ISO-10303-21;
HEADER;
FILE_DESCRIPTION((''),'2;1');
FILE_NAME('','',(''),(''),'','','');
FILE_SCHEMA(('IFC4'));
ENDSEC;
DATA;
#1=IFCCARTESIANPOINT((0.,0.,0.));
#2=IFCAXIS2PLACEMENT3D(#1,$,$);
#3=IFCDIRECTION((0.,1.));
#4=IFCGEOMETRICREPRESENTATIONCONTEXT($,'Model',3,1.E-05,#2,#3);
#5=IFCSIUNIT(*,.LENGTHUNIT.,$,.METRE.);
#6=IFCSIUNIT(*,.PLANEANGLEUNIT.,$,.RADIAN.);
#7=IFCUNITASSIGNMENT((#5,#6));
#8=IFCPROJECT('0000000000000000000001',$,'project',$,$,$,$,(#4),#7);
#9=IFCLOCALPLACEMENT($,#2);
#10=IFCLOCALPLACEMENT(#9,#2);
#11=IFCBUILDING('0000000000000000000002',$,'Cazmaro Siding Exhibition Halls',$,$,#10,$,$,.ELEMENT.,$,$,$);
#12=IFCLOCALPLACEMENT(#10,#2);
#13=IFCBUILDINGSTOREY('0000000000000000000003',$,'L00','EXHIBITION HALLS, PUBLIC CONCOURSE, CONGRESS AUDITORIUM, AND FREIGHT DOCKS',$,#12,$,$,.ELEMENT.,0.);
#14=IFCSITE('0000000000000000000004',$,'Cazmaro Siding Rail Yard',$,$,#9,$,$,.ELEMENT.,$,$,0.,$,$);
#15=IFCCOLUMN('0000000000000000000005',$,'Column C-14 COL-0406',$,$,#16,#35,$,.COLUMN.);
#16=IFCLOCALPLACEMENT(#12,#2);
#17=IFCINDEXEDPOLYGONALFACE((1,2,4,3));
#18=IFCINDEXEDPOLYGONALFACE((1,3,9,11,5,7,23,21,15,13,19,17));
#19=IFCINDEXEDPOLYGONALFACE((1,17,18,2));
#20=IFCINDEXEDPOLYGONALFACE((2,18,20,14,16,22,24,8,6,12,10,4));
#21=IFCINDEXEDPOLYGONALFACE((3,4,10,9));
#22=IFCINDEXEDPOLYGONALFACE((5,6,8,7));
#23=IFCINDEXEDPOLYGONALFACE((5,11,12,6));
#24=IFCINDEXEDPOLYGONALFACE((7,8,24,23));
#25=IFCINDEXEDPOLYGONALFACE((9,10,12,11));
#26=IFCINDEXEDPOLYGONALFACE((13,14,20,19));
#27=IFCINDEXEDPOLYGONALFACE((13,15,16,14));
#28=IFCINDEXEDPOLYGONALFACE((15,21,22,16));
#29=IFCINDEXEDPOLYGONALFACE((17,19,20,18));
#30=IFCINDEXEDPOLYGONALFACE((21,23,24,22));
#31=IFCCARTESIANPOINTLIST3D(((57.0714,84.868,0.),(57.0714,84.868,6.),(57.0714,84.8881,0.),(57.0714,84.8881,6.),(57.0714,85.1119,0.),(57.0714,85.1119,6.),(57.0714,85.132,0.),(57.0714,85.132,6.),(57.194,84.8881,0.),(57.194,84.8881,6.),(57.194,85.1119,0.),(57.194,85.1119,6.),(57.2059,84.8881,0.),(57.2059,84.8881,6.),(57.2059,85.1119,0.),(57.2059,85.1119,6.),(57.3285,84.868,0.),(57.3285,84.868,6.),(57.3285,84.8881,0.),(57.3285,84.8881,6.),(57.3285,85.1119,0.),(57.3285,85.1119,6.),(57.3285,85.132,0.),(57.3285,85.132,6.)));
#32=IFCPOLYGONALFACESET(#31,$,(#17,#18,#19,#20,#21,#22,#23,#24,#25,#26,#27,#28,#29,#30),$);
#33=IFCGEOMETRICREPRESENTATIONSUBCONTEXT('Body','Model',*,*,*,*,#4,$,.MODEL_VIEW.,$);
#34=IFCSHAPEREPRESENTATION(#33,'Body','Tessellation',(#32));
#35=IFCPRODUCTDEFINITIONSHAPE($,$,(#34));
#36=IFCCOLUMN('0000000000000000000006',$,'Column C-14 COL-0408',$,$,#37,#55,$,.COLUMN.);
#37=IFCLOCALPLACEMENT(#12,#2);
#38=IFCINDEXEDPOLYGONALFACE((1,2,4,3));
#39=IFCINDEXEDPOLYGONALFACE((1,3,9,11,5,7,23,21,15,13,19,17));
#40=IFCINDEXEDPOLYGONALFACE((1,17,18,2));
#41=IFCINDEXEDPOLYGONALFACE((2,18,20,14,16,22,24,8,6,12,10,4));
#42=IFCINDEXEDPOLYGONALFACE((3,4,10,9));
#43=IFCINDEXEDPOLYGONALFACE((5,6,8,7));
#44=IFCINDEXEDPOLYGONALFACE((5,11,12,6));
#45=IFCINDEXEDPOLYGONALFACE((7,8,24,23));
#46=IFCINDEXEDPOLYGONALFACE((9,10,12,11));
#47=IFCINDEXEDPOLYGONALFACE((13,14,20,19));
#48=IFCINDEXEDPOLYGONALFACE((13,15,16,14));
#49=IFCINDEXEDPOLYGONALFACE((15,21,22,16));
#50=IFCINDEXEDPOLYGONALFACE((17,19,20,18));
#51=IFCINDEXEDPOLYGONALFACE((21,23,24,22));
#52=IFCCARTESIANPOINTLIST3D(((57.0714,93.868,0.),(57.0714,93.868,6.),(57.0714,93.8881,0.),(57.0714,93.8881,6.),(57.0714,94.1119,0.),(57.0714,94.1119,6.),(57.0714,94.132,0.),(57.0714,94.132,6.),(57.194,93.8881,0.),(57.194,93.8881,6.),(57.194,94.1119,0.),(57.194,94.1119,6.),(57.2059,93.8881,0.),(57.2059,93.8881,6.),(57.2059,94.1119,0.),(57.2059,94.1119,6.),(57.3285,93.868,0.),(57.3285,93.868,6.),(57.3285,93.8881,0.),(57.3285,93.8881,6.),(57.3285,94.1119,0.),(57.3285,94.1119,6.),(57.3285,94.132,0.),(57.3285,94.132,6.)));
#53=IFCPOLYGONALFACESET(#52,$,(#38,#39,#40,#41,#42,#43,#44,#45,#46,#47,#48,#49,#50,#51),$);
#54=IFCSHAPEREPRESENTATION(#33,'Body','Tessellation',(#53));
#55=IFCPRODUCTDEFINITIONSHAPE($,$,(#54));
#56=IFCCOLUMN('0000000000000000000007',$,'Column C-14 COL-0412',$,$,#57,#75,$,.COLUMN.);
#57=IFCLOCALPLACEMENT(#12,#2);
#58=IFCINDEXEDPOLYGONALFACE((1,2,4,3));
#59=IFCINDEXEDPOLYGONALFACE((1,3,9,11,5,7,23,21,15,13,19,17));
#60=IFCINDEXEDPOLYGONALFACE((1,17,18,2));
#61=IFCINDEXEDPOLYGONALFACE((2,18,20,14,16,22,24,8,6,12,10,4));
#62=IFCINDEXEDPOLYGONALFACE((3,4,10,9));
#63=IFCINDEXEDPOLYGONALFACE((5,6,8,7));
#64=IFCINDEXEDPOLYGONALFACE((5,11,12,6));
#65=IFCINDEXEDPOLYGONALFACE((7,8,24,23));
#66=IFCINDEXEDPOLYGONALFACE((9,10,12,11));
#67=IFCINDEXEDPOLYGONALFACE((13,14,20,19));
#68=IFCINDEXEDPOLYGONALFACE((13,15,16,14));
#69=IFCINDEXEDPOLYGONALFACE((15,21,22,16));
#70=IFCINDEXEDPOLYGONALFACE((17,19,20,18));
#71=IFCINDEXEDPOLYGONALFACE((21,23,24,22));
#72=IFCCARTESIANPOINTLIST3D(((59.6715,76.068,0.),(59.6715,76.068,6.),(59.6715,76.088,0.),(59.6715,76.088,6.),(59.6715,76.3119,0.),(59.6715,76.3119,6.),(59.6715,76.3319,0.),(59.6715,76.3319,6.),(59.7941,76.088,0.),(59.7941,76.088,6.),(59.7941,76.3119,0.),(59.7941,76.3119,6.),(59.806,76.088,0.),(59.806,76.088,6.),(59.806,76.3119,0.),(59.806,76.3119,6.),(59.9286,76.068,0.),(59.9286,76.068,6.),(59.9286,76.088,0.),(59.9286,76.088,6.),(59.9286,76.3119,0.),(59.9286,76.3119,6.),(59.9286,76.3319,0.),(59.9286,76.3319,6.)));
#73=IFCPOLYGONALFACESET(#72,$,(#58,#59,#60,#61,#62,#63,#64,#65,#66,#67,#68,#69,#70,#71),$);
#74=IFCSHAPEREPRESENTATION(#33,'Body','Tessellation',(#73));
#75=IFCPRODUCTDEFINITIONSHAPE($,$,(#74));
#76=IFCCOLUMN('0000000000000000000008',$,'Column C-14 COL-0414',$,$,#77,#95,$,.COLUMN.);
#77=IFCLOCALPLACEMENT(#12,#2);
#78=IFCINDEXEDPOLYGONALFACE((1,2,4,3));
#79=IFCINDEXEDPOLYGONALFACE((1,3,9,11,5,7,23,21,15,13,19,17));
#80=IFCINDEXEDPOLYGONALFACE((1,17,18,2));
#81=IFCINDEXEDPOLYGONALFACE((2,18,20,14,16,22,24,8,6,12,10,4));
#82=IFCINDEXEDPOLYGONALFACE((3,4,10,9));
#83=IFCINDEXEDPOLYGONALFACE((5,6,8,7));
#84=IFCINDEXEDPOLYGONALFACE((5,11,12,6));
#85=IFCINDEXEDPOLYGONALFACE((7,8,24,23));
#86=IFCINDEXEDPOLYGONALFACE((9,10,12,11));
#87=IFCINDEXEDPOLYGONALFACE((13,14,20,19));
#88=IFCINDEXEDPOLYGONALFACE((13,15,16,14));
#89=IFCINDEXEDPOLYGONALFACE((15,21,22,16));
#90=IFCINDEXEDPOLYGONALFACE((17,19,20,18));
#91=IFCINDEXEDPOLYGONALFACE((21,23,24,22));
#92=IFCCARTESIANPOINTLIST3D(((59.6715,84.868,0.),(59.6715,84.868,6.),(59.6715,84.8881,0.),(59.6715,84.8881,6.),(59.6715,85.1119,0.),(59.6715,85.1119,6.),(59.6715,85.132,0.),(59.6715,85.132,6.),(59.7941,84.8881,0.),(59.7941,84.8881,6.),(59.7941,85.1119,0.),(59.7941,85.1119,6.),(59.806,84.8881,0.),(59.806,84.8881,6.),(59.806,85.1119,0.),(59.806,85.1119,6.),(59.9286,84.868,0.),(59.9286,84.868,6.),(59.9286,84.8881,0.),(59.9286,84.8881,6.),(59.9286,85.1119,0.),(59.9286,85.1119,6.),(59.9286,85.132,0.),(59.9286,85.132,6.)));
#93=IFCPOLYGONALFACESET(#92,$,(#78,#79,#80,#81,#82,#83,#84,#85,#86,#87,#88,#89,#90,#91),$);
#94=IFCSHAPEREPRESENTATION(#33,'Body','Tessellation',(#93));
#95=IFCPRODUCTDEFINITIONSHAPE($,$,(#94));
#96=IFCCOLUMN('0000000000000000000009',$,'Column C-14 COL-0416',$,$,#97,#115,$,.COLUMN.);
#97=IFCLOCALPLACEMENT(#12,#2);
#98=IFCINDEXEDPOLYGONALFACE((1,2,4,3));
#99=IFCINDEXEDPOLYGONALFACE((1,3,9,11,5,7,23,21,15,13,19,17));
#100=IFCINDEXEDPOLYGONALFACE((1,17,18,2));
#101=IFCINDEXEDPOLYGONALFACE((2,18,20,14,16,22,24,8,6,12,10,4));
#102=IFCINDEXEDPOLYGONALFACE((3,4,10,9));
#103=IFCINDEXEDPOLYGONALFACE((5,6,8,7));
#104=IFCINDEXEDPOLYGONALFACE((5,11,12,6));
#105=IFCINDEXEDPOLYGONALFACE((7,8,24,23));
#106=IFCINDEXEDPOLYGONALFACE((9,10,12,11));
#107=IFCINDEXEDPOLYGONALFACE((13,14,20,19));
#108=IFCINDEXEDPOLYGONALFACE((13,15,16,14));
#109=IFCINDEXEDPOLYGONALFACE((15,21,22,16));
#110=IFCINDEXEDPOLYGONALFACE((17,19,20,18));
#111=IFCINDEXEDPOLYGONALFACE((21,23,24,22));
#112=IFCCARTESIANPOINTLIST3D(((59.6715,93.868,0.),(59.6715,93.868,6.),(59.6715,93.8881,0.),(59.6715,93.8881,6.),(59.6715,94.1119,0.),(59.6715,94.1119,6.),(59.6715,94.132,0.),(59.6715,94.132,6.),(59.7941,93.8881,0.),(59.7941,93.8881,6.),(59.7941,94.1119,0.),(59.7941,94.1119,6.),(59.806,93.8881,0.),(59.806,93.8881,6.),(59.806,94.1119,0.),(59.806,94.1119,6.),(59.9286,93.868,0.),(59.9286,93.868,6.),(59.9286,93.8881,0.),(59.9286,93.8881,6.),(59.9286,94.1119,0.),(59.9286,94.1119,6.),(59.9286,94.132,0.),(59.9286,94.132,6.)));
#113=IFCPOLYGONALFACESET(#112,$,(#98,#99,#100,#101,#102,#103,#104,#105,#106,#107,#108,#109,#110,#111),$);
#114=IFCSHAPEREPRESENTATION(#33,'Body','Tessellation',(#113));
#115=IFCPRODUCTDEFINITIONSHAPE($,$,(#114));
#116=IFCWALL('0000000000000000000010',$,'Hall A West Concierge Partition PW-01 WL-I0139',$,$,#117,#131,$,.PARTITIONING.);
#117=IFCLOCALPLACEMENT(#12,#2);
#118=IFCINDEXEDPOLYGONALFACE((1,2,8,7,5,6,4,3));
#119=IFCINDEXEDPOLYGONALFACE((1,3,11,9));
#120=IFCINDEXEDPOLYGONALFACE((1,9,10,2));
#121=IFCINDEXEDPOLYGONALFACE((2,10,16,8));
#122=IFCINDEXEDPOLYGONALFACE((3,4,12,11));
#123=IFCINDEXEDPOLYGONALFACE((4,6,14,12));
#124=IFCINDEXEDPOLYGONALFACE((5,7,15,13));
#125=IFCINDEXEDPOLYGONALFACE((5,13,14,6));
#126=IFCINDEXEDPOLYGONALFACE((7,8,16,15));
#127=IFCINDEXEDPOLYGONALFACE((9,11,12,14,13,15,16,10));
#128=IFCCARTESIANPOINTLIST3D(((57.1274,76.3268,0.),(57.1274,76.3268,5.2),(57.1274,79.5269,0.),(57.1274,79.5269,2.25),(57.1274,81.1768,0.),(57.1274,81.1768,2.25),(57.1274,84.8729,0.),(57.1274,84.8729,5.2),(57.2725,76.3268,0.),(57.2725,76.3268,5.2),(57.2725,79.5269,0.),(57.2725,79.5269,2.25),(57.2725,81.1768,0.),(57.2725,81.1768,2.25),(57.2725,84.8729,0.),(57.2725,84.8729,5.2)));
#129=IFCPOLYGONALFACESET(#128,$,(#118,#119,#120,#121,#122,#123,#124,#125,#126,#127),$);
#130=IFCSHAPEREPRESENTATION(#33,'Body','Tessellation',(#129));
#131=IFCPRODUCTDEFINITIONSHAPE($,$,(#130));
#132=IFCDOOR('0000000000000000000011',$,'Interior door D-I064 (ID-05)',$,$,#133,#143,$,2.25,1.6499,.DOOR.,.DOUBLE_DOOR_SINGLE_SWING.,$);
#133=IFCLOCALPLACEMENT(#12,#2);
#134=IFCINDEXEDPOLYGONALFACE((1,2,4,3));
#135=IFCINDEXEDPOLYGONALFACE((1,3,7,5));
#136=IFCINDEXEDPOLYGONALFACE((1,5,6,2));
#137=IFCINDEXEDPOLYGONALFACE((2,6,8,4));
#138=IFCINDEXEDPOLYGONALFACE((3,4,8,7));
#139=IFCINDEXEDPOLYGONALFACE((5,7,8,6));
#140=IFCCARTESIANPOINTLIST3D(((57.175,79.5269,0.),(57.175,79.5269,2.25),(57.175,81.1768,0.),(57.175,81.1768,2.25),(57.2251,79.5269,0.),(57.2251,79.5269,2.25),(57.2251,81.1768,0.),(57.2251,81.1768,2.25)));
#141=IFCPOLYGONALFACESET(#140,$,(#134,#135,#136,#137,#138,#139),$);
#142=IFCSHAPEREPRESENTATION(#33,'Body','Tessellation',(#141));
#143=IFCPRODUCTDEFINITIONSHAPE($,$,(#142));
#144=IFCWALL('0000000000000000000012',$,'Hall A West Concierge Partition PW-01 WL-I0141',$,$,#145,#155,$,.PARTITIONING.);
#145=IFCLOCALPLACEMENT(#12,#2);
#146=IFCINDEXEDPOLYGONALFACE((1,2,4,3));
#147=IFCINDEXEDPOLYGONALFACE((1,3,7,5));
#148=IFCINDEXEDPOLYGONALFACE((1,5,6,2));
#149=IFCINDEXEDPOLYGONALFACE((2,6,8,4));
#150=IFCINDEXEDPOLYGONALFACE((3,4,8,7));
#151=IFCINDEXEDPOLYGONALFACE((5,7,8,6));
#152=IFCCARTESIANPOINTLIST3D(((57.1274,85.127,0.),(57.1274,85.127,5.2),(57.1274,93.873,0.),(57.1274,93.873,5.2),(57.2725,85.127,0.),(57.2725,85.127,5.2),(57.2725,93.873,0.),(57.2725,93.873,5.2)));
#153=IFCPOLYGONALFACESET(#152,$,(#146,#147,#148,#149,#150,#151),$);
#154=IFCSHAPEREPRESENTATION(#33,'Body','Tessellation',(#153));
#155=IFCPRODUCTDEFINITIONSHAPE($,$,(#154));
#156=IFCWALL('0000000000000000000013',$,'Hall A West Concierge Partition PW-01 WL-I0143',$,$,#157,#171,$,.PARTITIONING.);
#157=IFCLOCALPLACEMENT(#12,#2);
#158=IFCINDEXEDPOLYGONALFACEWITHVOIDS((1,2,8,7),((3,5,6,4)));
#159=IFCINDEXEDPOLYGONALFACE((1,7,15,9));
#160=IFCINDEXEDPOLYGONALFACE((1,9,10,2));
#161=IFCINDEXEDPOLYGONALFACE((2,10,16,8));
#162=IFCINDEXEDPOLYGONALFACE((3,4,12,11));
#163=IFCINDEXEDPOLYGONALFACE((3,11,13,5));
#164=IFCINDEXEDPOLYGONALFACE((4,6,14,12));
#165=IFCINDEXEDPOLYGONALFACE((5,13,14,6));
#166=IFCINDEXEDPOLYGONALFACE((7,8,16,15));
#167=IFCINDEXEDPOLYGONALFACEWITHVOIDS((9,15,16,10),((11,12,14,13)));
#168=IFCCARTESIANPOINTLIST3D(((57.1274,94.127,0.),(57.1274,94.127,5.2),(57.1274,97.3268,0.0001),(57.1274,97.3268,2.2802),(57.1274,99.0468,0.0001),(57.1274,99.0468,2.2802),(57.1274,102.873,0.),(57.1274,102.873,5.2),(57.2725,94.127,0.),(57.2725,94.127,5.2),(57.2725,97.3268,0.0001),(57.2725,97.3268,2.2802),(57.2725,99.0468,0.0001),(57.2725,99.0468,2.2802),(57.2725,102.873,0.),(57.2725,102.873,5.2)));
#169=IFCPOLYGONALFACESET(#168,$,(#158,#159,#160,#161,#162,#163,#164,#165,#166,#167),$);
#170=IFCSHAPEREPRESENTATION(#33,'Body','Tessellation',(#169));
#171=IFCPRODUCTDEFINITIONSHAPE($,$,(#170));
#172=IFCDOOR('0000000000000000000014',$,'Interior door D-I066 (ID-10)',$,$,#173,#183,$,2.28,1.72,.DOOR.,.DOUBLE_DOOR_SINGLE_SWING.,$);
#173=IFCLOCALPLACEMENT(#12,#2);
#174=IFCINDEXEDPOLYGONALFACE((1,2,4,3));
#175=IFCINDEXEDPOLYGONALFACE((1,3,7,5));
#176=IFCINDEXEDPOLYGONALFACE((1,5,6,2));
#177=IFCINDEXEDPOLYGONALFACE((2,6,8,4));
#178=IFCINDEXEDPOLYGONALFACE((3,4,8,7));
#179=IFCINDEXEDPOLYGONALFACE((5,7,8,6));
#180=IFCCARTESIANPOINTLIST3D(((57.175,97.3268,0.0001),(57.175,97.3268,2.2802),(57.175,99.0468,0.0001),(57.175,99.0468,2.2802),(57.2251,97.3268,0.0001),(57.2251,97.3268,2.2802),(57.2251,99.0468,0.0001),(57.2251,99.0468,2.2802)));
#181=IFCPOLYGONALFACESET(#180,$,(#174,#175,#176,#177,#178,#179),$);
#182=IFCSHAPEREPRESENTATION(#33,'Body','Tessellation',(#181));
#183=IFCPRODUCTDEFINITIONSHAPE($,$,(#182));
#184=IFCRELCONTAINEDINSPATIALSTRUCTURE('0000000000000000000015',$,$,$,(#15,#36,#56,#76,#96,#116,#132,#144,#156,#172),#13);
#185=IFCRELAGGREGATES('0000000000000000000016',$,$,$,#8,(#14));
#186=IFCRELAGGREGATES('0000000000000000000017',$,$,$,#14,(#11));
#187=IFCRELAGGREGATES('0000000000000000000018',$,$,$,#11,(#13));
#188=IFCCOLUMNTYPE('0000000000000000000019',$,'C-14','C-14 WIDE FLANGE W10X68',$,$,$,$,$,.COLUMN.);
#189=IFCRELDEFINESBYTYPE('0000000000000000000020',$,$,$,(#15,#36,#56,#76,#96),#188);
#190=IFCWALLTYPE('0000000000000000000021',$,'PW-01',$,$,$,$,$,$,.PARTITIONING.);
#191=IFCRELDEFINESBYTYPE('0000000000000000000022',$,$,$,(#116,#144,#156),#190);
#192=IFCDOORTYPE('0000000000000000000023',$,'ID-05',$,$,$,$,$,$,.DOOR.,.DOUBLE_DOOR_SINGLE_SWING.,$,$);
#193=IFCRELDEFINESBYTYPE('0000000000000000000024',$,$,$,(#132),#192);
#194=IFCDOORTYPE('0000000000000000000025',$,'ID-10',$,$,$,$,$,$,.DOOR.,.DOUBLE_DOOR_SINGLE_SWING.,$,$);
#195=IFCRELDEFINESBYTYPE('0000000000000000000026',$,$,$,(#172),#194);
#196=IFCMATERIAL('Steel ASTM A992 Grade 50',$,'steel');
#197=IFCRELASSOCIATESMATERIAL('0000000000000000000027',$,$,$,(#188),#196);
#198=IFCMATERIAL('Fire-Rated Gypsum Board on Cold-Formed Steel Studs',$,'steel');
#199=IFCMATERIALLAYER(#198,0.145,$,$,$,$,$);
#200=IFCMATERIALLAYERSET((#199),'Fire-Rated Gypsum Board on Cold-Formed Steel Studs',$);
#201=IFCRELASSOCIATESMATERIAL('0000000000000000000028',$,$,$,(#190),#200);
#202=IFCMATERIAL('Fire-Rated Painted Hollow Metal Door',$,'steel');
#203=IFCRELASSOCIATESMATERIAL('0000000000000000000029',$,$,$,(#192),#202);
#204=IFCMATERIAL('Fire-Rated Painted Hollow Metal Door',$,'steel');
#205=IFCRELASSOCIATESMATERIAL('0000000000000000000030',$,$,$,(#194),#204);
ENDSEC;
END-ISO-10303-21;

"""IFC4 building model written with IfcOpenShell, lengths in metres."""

from ifc_helpers import new_model, si_unit, direction, frame, frame_2d, origin, origin_2d, place, context, subcontext, project, spatial, rectangle, i_section, extrude, material, layer, layer_set, material_profile, profile_set, type_object, element, fill, save


model = new_model("IFC4")

# Units and contexts
model_context = context("Model", 3, precision=1e-05, world=origin(), true_north=direction((0.0, 1.0)))
body_context = subcontext(model_context, "Body", "Model", "MODEL_VIEW")
ifc_project = project(units=[si_unit("LENGTHUNIT", "METRE"), si_unit("PLANEANGLEUNIT", "RADIAN")], contexts=[model_context])

# Site, building, storey
site_placement = place(None, origin())
site = spatial("IfcSite", under=ifc_project, at=site_placement, Name="Cazmaro Siding Rail Yard", CompositionType="ELEMENT", RefElevation=0.0)
building_placement = place(site_placement, origin())
building = spatial("IfcBuilding", under=site, at=building_placement, Name="Cazmaro Siding Exhibition Halls", CompositionType="ELEMENT")
storey_placement = place(building_placement, origin())
storey = spatial("IfcBuildingStorey", under=building, at=storey_placement, Name="L00", Description="EXHIBITION HALLS, PUBLIC CONCOURSE, CONGRESS AUDITORIUM, AND FREIGHT DOCKS", CompositionType="ELEMENT", Elevation=0.0)

# Columns
ifc_material_1 = material(Name="Steel ASTM A992 Grade 50", Category="steel")
ifc_material_profile_1 = material_profile(ifc_material_1, i_section(OverallWidth=0.2571, OverallDepth=0.2639, WebThickness=0.012, FlangeThickness=0.02, at=origin_2d()), Name="W10X68")
ifc_profile_set_1 = profile_set([ifc_material_profile_1], Name="Steel ASTM A992 Grade 50")
column_type_1 = type_object("IfcColumnType", Name="C-14", Description="C-14 WIDE FLANGE W10X68", PredefinedType="COLUMN", material=ifc_profile_set_1)
for number, where, z_axis, x_axis, name in (
    (1, (57.2, 85.0, 0.0), (0.0, 0.0, 1.0), (1.0, 0.0, 0.0), "Column C-14 COL-0406"),
    (2, (57.2, 94.0, 0.0), (0.0, 0.0, 1.0), (1.0, 0.0, 0.0), "Column C-14 COL-0408"),
    (3, (59.8, 76.2, 0.0), (0.0, 0.0, 1.0), (1.0, 0.0, 0.0), "Column C-14 COL-0412"),
    (4, (59.8, 85.0, 0.0), (0.0, 0.0, 1.0), (1.0, 0.0, 0.0), "Column C-14 COL-0414"),
    (5, (59.8, 94.0, 0.0), (0.0, 0.0, 1.0), (1.0, 0.0, 0.0), "Column C-14 COL-0416"),
):
    element("IfcColumn", number, at=place(storey_placement, frame(where, z_axis=z_axis, x_axis=x_axis)), inside=storey, type_object=column_type_1, Name=name, PredefinedType="COLUMN", context=body_context, shape_type="SweptSolid", body=[
        extrude(i_section(OverallWidth=0.2571, OverallDepth=0.2639, WebThickness=0.012, FlangeThickness=0.02, at=origin_2d()), origin(), (0.0, 0.0, 1.0), 6.0),
    ])

# Wall, opening, door
ifc_material_2 = material(Name="Fire-Rated Gypsum Board on Cold-Formed Steel Studs", Category="steel")
ifc_layer = layer(ifc_material_2, 0.145)
ifc_layer_set = layer_set([ifc_layer], Name="Fire-Rated Gypsum Board on Cold-Formed Steel Studs")
wall_type = type_object("IfcWallType", Name="PW-01", PredefinedType="PARTITIONING", material=ifc_layer_set)
wall_1_placement = place(storey_placement, frame((57.2, 76.3269, 0.0), z_axis=(0.0, 0.0, 1.0), x_axis=(0.0, 1.0, 0.0)))
wall_1 = element("IfcWall", 6, at=wall_1_placement, inside=storey, type_object=wall_type, Name="Hall A West Concierge Partition PW-01 WL-I0139", PredefinedType="PARTITIONING", context=body_context, shape_type="SweptSolid", body=[
    extrude(rectangle(XDim=8.5461, YDim=0.145, at=frame_2d((4.2729, 0.0))), origin(), (0.0, 0.0, 1.0), 5.2),
])
opening_1_placement = place(wall_1_placement, frame((3.2, 0.0, 0.0)))
opening_1 = element("IfcOpeningElement", 7, at=opening_1_placement, cuts=wall_1, PredefinedType="OPENING", context=body_context, shape_type="SweptSolid", body=[
    extrude(rectangle(XDim=1.6499, YDim=2.25, at=frame_2d((0.825, 1.125))), frame((0.0, 0.0825, 0.0), z_axis=(0.0, -1.0, 0.0), x_axis=(1.0, 0.0, 0.0)), (0.0, 0.0, 1.0), 0.165),
])
ifc_material_3 = material(Name="Fire-Rated Painted Hollow Metal Door", Category="steel")
door_type_1 = type_object("IfcDoorType", Name="ID-05", OperationType="DOUBLE_DOOR_SINGLE_SWING", PredefinedType="DOOR", material=ifc_material_3)
door_1_placement = place(opening_1_placement, origin())
door_1 = element("IfcDoor", 8, at=door_1_placement, inside=storey, type_object=door_type_1, Name="Interior door D-I064 (ID-05)", OperationType="DOUBLE_DOOR_SINGLE_SWING", OverallHeight=2.25, OverallWidth=1.6499, PredefinedType="DOOR", context=body_context, shape_type="SweptSolid", body=[
    extrude(rectangle(XDim=1.6499, YDim=2.25, at=frame_2d((0.825, 1.125))), frame((0.0, 0.0249, 0.0), z_axis=(0.0, -1.0, 0.0), x_axis=(1.0, 0.0, 0.0)), (0.0, 0.0, 1.0), 0.05),
])
fill(opening_1, door_1)

# Wall
wall_2_placement = place(storey_placement, frame((57.2, 85.127, 0.0), z_axis=(0.0, 0.0, 1.0), x_axis=(0.0, 1.0, 0.0)))
element("IfcWall", 9, at=wall_2_placement, inside=storey, type_object=wall_type, Name="Hall A West Concierge Partition PW-01 WL-I0141", PredefinedType="PARTITIONING", context=body_context, shape_type="SweptSolid", body=[
    extrude(rectangle(XDim=8.7461, YDim=0.145, at=frame_2d((4.373, 0.0))), origin(), (0.0, 0.0, 1.0), 5.2),
])

# Wall, opening, door
wall_3_placement = place(storey_placement, frame((57.2, 94.127, 0.0), z_axis=(0.0, 0.0, 1.0), x_axis=(0.0, 1.0, 0.0)))
wall_3 = element("IfcWall", 10, at=wall_3_placement, inside=storey, type_object=wall_type, Name="Hall A West Concierge Partition PW-01 WL-I0143", PredefinedType="PARTITIONING", context=body_context, shape_type="SweptSolid", body=[
    extrude(rectangle(XDim=8.7461, YDim=0.145, at=frame_2d((4.373, 0.0))), origin(), (0.0, 0.0, 1.0), 5.2),
])
opening_2_placement = place(wall_3_placement, frame((3.2, 0.0, 0.0)))
opening_2 = element("IfcOpeningElement", 11, at=opening_2_placement, cuts=wall_3, PredefinedType="OPENING", context=body_context, shape_type="SweptSolid", body=[
    extrude(rectangle(XDim=1.72, YDim=2.28, at=frame_2d((0.8599, 1.1401))), frame((0.0, 0.0825, 0.0), z_axis=(0.0, -1.0, 0.0), x_axis=(1.0, 0.0, 0.0)), (0.0, 0.0, 1.0), 0.165),
])
ifc_material_4 = material(Name="Fire-Rated Painted Hollow Metal Door", Category="steel")
door_type_2 = type_object("IfcDoorType", Name="ID-10", OperationType="DOUBLE_DOOR_SINGLE_SWING", PredefinedType="DOOR", material=ifc_material_4)
door_2_placement = place(opening_2_placement, origin())
door_2 = element("IfcDoor", 12, at=door_2_placement, inside=storey, type_object=door_type_2, Name="Interior door D-I066 (ID-10)", OperationType="DOUBLE_DOOR_SINGLE_SWING", OverallHeight=2.28, OverallWidth=1.72, PredefinedType="DOOR", context=body_context, shape_type="SweptSolid", body=[
    extrude(rectangle(XDim=1.72, YDim=2.28, at=frame_2d((0.8599, 1.1401))), frame((0.0, 0.0249, 0.0), z_axis=(0.0, -1.0, 0.0), x_axis=(1.0, 0.0, 0.0)), (0.0, 0.0, 1.0), 0.05),
])
fill(opening_2, door_2)

save(model, "model.ifc")
